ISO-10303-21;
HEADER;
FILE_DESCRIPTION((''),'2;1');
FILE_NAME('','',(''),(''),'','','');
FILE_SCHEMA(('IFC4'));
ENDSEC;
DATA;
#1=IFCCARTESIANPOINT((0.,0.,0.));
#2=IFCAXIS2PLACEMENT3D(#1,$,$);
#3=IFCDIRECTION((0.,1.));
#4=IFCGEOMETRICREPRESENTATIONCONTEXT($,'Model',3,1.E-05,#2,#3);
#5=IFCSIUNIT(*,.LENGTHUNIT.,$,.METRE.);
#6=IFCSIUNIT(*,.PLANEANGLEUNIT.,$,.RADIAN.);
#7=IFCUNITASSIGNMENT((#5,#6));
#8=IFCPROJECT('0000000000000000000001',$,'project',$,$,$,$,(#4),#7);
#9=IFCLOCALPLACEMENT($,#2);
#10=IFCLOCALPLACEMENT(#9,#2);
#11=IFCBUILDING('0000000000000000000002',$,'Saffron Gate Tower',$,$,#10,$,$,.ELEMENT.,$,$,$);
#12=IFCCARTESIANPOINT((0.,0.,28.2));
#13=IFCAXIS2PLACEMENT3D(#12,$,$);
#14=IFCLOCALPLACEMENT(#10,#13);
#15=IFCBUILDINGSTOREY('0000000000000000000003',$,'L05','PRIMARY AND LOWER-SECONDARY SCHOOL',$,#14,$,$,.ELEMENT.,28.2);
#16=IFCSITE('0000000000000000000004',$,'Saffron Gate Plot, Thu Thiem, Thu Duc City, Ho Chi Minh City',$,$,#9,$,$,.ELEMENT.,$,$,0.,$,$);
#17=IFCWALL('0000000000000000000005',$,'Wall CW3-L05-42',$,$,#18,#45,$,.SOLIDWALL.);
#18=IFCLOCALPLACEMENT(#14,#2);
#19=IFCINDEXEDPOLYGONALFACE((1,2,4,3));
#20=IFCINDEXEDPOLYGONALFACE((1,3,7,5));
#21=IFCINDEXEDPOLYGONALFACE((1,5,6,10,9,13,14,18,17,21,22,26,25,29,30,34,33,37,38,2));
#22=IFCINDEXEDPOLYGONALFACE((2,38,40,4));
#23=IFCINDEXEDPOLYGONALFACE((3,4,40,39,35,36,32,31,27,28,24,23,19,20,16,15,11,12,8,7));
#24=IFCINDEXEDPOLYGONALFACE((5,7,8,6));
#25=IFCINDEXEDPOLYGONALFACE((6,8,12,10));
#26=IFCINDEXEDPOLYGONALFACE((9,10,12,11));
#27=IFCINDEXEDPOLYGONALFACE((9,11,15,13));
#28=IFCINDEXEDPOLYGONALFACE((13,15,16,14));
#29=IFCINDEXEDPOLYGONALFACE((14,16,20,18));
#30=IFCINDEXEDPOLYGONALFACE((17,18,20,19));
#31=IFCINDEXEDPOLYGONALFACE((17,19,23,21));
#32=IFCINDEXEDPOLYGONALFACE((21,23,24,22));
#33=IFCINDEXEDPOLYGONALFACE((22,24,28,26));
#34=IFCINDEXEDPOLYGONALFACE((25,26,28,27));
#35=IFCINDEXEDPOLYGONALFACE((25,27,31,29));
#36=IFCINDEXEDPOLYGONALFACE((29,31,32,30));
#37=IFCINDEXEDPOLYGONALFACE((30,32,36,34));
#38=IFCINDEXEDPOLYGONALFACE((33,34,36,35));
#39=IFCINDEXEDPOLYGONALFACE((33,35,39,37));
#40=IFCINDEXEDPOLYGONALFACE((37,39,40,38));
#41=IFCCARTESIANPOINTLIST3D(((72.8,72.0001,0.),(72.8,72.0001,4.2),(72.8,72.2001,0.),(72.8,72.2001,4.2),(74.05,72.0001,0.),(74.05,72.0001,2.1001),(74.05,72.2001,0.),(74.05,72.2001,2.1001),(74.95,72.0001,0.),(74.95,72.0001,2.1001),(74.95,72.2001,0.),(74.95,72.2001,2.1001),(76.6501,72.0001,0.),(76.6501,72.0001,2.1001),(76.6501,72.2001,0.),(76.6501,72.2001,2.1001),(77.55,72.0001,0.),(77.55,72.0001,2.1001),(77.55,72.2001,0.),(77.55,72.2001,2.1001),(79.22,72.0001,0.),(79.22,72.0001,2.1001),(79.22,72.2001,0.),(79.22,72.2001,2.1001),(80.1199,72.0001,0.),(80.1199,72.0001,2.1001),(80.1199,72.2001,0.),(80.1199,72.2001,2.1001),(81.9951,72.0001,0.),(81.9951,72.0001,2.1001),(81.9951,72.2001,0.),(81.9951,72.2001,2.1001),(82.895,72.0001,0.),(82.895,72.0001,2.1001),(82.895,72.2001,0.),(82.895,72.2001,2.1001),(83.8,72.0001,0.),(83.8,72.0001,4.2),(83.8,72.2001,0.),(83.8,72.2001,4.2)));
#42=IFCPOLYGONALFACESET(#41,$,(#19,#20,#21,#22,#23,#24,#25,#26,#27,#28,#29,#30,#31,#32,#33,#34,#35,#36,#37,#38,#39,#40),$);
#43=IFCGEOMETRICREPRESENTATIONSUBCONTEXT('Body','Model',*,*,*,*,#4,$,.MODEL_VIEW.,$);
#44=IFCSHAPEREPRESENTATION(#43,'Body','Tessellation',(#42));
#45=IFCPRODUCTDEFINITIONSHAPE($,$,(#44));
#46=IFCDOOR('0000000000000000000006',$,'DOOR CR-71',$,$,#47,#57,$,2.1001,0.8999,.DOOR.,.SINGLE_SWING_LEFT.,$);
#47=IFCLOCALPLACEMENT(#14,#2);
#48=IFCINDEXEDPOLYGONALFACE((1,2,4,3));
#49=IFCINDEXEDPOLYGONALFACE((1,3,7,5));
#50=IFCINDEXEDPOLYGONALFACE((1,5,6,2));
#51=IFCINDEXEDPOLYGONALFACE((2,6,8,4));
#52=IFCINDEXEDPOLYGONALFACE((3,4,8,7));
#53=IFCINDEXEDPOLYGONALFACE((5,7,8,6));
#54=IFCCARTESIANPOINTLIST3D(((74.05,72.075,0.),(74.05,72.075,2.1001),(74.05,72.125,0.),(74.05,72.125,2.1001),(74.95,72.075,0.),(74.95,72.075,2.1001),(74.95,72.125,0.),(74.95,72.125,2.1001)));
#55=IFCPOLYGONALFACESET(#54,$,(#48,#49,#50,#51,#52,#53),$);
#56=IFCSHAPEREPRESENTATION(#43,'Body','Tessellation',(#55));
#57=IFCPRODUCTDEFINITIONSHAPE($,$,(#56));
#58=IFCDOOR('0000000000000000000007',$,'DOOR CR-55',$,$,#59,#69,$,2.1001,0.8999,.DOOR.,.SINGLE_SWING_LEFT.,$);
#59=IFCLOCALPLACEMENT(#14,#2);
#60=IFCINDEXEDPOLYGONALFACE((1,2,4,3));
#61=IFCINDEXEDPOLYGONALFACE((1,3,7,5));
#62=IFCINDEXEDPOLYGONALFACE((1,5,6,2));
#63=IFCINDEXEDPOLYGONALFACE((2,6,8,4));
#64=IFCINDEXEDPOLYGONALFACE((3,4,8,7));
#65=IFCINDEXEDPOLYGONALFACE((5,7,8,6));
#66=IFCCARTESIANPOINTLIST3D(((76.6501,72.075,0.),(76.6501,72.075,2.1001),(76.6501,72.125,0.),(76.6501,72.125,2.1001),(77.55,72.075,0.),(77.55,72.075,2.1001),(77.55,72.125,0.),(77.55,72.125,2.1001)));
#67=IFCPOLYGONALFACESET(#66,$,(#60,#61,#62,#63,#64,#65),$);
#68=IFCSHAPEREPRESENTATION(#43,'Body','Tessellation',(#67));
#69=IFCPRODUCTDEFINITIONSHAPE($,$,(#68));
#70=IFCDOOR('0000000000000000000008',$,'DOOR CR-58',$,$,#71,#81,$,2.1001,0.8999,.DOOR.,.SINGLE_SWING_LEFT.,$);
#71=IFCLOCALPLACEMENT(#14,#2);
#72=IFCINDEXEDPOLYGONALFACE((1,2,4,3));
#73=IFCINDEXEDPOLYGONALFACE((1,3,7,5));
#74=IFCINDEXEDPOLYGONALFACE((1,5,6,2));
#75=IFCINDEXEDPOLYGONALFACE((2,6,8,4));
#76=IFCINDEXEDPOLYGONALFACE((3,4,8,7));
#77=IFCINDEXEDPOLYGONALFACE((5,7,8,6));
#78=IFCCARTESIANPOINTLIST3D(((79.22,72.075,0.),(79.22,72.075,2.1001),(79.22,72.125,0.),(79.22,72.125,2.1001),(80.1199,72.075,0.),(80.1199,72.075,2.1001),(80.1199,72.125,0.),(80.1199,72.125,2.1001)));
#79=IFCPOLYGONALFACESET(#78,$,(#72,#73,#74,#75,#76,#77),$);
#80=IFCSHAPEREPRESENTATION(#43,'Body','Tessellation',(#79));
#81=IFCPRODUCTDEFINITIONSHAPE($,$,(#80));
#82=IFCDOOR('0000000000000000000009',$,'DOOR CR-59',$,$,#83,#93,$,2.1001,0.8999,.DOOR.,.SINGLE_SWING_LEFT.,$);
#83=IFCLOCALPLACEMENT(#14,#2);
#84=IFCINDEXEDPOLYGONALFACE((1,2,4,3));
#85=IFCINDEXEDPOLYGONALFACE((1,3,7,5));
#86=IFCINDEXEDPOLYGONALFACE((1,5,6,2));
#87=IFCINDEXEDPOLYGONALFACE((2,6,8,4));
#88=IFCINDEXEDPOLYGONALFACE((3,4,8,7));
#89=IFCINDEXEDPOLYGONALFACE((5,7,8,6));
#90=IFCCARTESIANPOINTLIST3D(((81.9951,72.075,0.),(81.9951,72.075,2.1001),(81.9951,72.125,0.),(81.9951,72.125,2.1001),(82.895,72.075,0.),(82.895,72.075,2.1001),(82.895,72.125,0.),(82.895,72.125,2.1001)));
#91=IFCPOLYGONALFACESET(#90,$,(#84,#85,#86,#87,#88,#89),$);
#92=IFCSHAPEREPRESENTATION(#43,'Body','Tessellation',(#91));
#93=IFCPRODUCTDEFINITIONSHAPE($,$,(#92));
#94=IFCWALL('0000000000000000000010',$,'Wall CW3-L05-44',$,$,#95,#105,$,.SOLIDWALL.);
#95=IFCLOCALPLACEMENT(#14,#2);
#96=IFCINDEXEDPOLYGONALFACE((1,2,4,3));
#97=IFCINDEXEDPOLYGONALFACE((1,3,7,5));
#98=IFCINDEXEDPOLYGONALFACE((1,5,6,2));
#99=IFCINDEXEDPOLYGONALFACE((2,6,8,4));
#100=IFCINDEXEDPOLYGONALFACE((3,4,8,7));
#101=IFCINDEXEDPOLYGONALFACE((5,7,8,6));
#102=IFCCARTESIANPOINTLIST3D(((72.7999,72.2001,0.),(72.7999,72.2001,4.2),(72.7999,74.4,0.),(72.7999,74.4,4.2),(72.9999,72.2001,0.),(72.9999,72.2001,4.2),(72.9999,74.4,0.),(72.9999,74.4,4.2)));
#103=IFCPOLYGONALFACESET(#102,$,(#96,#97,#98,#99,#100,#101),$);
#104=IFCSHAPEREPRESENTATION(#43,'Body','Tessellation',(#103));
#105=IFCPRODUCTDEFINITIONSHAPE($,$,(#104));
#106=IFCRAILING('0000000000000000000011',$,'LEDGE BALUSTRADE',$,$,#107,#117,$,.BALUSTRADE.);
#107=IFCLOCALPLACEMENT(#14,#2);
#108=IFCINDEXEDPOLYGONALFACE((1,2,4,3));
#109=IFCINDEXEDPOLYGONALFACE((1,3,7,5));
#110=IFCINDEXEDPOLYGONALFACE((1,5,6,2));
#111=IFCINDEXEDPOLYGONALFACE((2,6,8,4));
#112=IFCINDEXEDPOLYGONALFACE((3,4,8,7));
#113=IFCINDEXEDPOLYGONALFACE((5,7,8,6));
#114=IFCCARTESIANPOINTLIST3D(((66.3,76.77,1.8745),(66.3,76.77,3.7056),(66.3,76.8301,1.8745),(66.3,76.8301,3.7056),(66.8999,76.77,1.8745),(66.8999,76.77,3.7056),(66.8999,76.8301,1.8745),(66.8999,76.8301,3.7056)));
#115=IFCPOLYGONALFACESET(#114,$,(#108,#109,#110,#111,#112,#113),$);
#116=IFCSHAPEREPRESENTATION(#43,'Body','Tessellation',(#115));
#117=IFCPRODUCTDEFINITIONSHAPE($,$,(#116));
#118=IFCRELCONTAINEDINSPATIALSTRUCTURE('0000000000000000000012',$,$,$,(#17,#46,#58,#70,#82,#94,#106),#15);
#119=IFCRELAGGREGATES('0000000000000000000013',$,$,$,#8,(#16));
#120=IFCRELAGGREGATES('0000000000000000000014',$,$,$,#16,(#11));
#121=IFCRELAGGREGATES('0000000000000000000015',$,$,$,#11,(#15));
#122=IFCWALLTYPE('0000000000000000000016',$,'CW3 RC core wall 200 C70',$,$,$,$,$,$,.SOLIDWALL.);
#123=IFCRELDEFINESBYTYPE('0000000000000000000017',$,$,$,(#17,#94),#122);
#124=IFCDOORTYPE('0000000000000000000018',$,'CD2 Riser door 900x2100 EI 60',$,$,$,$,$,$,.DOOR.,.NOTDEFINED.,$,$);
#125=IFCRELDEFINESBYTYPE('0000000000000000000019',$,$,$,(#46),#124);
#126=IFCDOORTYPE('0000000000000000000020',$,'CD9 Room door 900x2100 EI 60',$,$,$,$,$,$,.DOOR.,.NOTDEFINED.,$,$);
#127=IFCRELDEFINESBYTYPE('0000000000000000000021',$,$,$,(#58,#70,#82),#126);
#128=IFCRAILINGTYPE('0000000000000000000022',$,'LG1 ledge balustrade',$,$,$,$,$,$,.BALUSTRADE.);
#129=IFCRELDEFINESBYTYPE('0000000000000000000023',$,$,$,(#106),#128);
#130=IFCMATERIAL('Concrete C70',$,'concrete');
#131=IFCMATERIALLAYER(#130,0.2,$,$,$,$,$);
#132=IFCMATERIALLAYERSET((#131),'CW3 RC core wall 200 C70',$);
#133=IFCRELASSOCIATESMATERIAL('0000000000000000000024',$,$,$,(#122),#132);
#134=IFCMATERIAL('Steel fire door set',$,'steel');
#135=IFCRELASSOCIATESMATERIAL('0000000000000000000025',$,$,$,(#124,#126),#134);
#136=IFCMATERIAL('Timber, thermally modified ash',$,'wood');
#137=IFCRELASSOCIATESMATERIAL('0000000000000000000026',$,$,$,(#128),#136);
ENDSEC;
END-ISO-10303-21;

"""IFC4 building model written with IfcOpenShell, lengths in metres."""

from ifc_helpers import new_model, si_unit, direction, frame, frame_2d, origin, origin_2d, place, context, subcontext, project, spatial, rectangle, extrude, material, layer, layer_set, type_object, element, fill, save


model = new_model("IFC4")

# Units and contexts
model_context = context("Model", 3, precision=1e-05, world=origin(), true_north=direction((0.0, 1.0)))
body_context = subcontext(model_context, "Body", "Model", "MODEL_VIEW")
ifc_project = project(units=[si_unit("LENGTHUNIT", "METRE"), si_unit("PLANEANGLEUNIT", "RADIAN")], contexts=[model_context])

# Site, building, storey
site_placement = place(None, origin())
site = spatial("IfcSite", under=ifc_project, at=site_placement, Name="Saffron Gate Plot, Thu Thiem, Thu Duc City, Ho Chi Minh City", CompositionType="ELEMENT", RefElevation=0.0)
building_placement = place(site_placement, origin())
building = spatial("IfcBuilding", under=site, at=building_placement, Name="Saffron Gate Tower", CompositionType="ELEMENT")
storey_placement = place(building_placement, frame((0.0, 0.0, 28.2)))
storey = spatial("IfcBuildingStorey", under=building, at=storey_placement, Name="L05", Description="PRIMARY AND LOWER-SECONDARY SCHOOL", CompositionType="ELEMENT", Elevation=28.2)

# Shared definitions
ifc_material_1 = material(Name="Concrete C70", Category="concrete")
ifc_material_2 = material(Name="Steel fire door set", Category="steel")
ifc_layer_1 = layer(ifc_material_1, 0.2)
ifc_layer_set_1 = layer_set([ifc_layer_1], Name="CW3 RC core wall 200 C70")
wall_type_1 = type_object("IfcWallType", Name="CW3 RC core wall 200 C70", PredefinedType="SOLIDWALL", material=ifc_layer_set_1)

# Wall, openings, doors
wall_1_placement = place(storey_placement, frame((72.8, 72.1001, 0.0), z_axis=(0.0, 0.0, 1.0), x_axis=(1.0, 0.0, 0.0)))
wall_1 = element("IfcWall", 1, at=wall_1_placement, inside=storey, type_object=wall_type_1, Name="Wall CW3-L05-42", PredefinedType="SOLIDWALL", context=body_context, shape_type="SweptSolid", body=[
    extrude(rectangle(XDim=11.0, YDim=0.2, at=frame_2d((5.5, 0.0))), origin(), (0.0, 0.0, 1.0), 4.2),
])
opening_1_placement = place(wall_1_placement, frame((1.25, 0.0, 0.0)))
opening_1 = element("IfcOpeningElement", 2, at=opening_1_placement, cuts=wall_1, PredefinedType="OPENING", context=body_context, shape_type="SweptSolid", body=[
    extrude(rectangle(XDim=0.8999, YDim=2.1001, at=frame_2d((0.45, 1.05))), frame((0.0, 0.1099, 0.0), z_axis=(0.0, -1.0, 0.0), x_axis=(1.0, 0.0, 0.0)), (0.0, 0.0, 1.0), 0.22),
])
opening_2_placement = place(wall_1_placement, frame((3.8501, 0.0, 0.0)))
opening_2 = element("IfcOpeningElement", 3, at=opening_2_placement, cuts=wall_1, PredefinedType="OPENING", context=body_context, shape_type="SweptSolid", body=[
    extrude(rectangle(XDim=0.8999, YDim=2.1001, at=frame_2d((0.45, 1.05))), frame((0.0, 0.1099, 0.0), z_axis=(0.0, -1.0, 0.0), x_axis=(1.0, 0.0, 0.0)), (0.0, 0.0, 1.0), 0.22),
])
opening_3_placement = place(wall_1_placement, frame((6.4199, 0.0, 0.0)))
opening_3 = element("IfcOpeningElement", 4, at=opening_3_placement, cuts=wall_1, PredefinedType="OPENING", context=body_context, shape_type="SweptSolid", body=[
    extrude(rectangle(XDim=0.8999, YDim=2.1001, at=frame_2d((0.45, 1.05))), frame((0.0, 0.1099, 0.0), z_axis=(0.0, -1.0, 0.0), x_axis=(1.0, 0.0, 0.0)), (0.0, 0.0, 1.0), 0.22),
])
opening_4_placement = place(wall_1_placement, frame((9.1951, 0.0, 0.0)))
opening_4 = element("IfcOpeningElement", 5, at=opening_4_placement, cuts=wall_1, PredefinedType="OPENING", context=body_context, shape_type="SweptSolid", body=[
    extrude(rectangle(XDim=0.8999, YDim=2.1001, at=frame_2d((0.45, 1.05))), frame((0.0, 0.1099, 0.0), z_axis=(0.0, -1.0, 0.0), x_axis=(1.0, 0.0, 0.0)), (0.0, 0.0, 1.0), 0.22),
])
door_type_1 = type_object("IfcDoorType", Name="CD2 Riser door 900x2100 EI 60", OperationType="NOTDEFINED", PredefinedType="DOOR", material=ifc_material_2)
door_1_placement = place(opening_1_placement, origin())
door_1 = element("IfcDoor", 6, at=door_1_placement, inside=storey, type_object=door_type_1, Name="DOOR CR-71", OperationType="SINGLE_SWING_LEFT", OverallHeight=2.1001, OverallWidth=0.8999, PredefinedType="DOOR", context=body_context, shape_type="SweptSolid", body=[
    extrude(rectangle(XDim=0.8999, YDim=2.1001, at=frame_2d((0.45, 1.05))), frame((0.0, 0.0249, 0.0), z_axis=(0.0, -1.0, 0.0), x_axis=(1.0, 0.0, 0.0)), (0.0, 0.0, 1.0), 0.05),
])
fill(opening_1, door_1)
door_type_2 = type_object("IfcDoorType", Name="CD9 Room door 900x2100 EI 60", OperationType="NOTDEFINED", PredefinedType="DOOR", material=ifc_material_2)
door_2_placement = place(opening_2_placement, origin())
door_2 = element("IfcDoor", 7, at=door_2_placement, inside=storey, type_object=door_type_2, Name="DOOR CR-55", OperationType="SINGLE_SWING_LEFT", OverallHeight=2.1001, OverallWidth=0.8999, PredefinedType="DOOR", context=body_context, shape_type="SweptSolid", body=[
    extrude(rectangle(XDim=0.8999, YDim=2.1001, at=frame_2d((0.45, 1.05))), frame((0.0, 0.0249, 0.0), z_axis=(0.0, -1.0, 0.0), x_axis=(1.0, 0.0, 0.0)), (0.0, 0.0, 1.0), 0.05),
])
fill(opening_2, door_2)
door_3_placement = place(opening_3_placement, origin())
door_3 = element("IfcDoor", 8, at=door_3_placement, inside=storey, type_object=door_type_2, Name="DOOR CR-58", OperationType="SINGLE_SWING_LEFT", OverallHeight=2.1001, OverallWidth=0.8999, PredefinedType="DOOR", context=body_context, shape_type="SweptSolid", body=[
    extrude(rectangle(XDim=0.8999, YDim=2.1001, at=frame_2d((0.45, 1.05))), frame((0.0, 0.0249, 0.0), z_axis=(0.0, -1.0, 0.0), x_axis=(1.0, 0.0, 0.0)), (0.0, 0.0, 1.0), 0.05),
])
fill(opening_3, door_3)
door_4_placement = place(opening_4_placement, origin())
door_4 = element("IfcDoor", 9, at=door_4_placement, inside=storey, type_object=door_type_2, Name="DOOR CR-59", OperationType="SINGLE_SWING_LEFT", OverallHeight=2.1001, OverallWidth=0.8999, PredefinedType="DOOR", context=body_context, shape_type="SweptSolid", body=[
    extrude(rectangle(XDim=0.8999, YDim=2.1001, at=frame_2d((0.45, 1.05))), frame((0.0, 0.0249, 0.0), z_axis=(0.0, -1.0, 0.0), x_axis=(1.0, 0.0, 0.0)), (0.0, 0.0, 1.0), 0.05),
])
fill(opening_4, door_4)

# Wall
wall_2_placement = place(storey_placement, frame((72.8999, 72.2, 0.0), z_axis=(0.0, 0.0, 1.0), x_axis=(0.0, 1.0, 0.0)))
element("IfcWall", 10, at=wall_2_placement, inside=storey, type_object=wall_type_1, Name="Wall CW3-L05-44", PredefinedType="SOLIDWALL", context=body_context, shape_type="SweptSolid", body=[
    extrude(rectangle(XDim=2.2, YDim=0.2, at=frame_2d((1.1001, 0.0))), origin(), (0.0, 0.0, 1.0), 4.2),
])

# Railing
ifc_material_3 = material(Name="Timber, thermally modified ash", Category="wood")
railing_type = type_object("IfcRailingType", Name="LG1 ledge balustrade", PredefinedType="BALUSTRADE", material=ifc_material_3)
railing_placement = place(storey_placement, frame((66.8999, 76.8, 1.8745)))
element("IfcRailing", 11, at=railing_placement, inside=storey, type_object=railing_type, Name="LEDGE BALUSTRADE", PredefinedType="BALUSTRADE", context=body_context, shape_type="SweptSolid", body=[
    extrude(rectangle(XDim=0.0601, YDim=1.8311, at=origin_2d()), frame((0.0, 0.0, 0.9155), z_axis=(-1.0, 0.0, 0.0), x_axis=(0.0, -1.0, 0.0)), (0.0, 0.0, 1.0), 0.5999),
])

save(model, "model.ifc")
